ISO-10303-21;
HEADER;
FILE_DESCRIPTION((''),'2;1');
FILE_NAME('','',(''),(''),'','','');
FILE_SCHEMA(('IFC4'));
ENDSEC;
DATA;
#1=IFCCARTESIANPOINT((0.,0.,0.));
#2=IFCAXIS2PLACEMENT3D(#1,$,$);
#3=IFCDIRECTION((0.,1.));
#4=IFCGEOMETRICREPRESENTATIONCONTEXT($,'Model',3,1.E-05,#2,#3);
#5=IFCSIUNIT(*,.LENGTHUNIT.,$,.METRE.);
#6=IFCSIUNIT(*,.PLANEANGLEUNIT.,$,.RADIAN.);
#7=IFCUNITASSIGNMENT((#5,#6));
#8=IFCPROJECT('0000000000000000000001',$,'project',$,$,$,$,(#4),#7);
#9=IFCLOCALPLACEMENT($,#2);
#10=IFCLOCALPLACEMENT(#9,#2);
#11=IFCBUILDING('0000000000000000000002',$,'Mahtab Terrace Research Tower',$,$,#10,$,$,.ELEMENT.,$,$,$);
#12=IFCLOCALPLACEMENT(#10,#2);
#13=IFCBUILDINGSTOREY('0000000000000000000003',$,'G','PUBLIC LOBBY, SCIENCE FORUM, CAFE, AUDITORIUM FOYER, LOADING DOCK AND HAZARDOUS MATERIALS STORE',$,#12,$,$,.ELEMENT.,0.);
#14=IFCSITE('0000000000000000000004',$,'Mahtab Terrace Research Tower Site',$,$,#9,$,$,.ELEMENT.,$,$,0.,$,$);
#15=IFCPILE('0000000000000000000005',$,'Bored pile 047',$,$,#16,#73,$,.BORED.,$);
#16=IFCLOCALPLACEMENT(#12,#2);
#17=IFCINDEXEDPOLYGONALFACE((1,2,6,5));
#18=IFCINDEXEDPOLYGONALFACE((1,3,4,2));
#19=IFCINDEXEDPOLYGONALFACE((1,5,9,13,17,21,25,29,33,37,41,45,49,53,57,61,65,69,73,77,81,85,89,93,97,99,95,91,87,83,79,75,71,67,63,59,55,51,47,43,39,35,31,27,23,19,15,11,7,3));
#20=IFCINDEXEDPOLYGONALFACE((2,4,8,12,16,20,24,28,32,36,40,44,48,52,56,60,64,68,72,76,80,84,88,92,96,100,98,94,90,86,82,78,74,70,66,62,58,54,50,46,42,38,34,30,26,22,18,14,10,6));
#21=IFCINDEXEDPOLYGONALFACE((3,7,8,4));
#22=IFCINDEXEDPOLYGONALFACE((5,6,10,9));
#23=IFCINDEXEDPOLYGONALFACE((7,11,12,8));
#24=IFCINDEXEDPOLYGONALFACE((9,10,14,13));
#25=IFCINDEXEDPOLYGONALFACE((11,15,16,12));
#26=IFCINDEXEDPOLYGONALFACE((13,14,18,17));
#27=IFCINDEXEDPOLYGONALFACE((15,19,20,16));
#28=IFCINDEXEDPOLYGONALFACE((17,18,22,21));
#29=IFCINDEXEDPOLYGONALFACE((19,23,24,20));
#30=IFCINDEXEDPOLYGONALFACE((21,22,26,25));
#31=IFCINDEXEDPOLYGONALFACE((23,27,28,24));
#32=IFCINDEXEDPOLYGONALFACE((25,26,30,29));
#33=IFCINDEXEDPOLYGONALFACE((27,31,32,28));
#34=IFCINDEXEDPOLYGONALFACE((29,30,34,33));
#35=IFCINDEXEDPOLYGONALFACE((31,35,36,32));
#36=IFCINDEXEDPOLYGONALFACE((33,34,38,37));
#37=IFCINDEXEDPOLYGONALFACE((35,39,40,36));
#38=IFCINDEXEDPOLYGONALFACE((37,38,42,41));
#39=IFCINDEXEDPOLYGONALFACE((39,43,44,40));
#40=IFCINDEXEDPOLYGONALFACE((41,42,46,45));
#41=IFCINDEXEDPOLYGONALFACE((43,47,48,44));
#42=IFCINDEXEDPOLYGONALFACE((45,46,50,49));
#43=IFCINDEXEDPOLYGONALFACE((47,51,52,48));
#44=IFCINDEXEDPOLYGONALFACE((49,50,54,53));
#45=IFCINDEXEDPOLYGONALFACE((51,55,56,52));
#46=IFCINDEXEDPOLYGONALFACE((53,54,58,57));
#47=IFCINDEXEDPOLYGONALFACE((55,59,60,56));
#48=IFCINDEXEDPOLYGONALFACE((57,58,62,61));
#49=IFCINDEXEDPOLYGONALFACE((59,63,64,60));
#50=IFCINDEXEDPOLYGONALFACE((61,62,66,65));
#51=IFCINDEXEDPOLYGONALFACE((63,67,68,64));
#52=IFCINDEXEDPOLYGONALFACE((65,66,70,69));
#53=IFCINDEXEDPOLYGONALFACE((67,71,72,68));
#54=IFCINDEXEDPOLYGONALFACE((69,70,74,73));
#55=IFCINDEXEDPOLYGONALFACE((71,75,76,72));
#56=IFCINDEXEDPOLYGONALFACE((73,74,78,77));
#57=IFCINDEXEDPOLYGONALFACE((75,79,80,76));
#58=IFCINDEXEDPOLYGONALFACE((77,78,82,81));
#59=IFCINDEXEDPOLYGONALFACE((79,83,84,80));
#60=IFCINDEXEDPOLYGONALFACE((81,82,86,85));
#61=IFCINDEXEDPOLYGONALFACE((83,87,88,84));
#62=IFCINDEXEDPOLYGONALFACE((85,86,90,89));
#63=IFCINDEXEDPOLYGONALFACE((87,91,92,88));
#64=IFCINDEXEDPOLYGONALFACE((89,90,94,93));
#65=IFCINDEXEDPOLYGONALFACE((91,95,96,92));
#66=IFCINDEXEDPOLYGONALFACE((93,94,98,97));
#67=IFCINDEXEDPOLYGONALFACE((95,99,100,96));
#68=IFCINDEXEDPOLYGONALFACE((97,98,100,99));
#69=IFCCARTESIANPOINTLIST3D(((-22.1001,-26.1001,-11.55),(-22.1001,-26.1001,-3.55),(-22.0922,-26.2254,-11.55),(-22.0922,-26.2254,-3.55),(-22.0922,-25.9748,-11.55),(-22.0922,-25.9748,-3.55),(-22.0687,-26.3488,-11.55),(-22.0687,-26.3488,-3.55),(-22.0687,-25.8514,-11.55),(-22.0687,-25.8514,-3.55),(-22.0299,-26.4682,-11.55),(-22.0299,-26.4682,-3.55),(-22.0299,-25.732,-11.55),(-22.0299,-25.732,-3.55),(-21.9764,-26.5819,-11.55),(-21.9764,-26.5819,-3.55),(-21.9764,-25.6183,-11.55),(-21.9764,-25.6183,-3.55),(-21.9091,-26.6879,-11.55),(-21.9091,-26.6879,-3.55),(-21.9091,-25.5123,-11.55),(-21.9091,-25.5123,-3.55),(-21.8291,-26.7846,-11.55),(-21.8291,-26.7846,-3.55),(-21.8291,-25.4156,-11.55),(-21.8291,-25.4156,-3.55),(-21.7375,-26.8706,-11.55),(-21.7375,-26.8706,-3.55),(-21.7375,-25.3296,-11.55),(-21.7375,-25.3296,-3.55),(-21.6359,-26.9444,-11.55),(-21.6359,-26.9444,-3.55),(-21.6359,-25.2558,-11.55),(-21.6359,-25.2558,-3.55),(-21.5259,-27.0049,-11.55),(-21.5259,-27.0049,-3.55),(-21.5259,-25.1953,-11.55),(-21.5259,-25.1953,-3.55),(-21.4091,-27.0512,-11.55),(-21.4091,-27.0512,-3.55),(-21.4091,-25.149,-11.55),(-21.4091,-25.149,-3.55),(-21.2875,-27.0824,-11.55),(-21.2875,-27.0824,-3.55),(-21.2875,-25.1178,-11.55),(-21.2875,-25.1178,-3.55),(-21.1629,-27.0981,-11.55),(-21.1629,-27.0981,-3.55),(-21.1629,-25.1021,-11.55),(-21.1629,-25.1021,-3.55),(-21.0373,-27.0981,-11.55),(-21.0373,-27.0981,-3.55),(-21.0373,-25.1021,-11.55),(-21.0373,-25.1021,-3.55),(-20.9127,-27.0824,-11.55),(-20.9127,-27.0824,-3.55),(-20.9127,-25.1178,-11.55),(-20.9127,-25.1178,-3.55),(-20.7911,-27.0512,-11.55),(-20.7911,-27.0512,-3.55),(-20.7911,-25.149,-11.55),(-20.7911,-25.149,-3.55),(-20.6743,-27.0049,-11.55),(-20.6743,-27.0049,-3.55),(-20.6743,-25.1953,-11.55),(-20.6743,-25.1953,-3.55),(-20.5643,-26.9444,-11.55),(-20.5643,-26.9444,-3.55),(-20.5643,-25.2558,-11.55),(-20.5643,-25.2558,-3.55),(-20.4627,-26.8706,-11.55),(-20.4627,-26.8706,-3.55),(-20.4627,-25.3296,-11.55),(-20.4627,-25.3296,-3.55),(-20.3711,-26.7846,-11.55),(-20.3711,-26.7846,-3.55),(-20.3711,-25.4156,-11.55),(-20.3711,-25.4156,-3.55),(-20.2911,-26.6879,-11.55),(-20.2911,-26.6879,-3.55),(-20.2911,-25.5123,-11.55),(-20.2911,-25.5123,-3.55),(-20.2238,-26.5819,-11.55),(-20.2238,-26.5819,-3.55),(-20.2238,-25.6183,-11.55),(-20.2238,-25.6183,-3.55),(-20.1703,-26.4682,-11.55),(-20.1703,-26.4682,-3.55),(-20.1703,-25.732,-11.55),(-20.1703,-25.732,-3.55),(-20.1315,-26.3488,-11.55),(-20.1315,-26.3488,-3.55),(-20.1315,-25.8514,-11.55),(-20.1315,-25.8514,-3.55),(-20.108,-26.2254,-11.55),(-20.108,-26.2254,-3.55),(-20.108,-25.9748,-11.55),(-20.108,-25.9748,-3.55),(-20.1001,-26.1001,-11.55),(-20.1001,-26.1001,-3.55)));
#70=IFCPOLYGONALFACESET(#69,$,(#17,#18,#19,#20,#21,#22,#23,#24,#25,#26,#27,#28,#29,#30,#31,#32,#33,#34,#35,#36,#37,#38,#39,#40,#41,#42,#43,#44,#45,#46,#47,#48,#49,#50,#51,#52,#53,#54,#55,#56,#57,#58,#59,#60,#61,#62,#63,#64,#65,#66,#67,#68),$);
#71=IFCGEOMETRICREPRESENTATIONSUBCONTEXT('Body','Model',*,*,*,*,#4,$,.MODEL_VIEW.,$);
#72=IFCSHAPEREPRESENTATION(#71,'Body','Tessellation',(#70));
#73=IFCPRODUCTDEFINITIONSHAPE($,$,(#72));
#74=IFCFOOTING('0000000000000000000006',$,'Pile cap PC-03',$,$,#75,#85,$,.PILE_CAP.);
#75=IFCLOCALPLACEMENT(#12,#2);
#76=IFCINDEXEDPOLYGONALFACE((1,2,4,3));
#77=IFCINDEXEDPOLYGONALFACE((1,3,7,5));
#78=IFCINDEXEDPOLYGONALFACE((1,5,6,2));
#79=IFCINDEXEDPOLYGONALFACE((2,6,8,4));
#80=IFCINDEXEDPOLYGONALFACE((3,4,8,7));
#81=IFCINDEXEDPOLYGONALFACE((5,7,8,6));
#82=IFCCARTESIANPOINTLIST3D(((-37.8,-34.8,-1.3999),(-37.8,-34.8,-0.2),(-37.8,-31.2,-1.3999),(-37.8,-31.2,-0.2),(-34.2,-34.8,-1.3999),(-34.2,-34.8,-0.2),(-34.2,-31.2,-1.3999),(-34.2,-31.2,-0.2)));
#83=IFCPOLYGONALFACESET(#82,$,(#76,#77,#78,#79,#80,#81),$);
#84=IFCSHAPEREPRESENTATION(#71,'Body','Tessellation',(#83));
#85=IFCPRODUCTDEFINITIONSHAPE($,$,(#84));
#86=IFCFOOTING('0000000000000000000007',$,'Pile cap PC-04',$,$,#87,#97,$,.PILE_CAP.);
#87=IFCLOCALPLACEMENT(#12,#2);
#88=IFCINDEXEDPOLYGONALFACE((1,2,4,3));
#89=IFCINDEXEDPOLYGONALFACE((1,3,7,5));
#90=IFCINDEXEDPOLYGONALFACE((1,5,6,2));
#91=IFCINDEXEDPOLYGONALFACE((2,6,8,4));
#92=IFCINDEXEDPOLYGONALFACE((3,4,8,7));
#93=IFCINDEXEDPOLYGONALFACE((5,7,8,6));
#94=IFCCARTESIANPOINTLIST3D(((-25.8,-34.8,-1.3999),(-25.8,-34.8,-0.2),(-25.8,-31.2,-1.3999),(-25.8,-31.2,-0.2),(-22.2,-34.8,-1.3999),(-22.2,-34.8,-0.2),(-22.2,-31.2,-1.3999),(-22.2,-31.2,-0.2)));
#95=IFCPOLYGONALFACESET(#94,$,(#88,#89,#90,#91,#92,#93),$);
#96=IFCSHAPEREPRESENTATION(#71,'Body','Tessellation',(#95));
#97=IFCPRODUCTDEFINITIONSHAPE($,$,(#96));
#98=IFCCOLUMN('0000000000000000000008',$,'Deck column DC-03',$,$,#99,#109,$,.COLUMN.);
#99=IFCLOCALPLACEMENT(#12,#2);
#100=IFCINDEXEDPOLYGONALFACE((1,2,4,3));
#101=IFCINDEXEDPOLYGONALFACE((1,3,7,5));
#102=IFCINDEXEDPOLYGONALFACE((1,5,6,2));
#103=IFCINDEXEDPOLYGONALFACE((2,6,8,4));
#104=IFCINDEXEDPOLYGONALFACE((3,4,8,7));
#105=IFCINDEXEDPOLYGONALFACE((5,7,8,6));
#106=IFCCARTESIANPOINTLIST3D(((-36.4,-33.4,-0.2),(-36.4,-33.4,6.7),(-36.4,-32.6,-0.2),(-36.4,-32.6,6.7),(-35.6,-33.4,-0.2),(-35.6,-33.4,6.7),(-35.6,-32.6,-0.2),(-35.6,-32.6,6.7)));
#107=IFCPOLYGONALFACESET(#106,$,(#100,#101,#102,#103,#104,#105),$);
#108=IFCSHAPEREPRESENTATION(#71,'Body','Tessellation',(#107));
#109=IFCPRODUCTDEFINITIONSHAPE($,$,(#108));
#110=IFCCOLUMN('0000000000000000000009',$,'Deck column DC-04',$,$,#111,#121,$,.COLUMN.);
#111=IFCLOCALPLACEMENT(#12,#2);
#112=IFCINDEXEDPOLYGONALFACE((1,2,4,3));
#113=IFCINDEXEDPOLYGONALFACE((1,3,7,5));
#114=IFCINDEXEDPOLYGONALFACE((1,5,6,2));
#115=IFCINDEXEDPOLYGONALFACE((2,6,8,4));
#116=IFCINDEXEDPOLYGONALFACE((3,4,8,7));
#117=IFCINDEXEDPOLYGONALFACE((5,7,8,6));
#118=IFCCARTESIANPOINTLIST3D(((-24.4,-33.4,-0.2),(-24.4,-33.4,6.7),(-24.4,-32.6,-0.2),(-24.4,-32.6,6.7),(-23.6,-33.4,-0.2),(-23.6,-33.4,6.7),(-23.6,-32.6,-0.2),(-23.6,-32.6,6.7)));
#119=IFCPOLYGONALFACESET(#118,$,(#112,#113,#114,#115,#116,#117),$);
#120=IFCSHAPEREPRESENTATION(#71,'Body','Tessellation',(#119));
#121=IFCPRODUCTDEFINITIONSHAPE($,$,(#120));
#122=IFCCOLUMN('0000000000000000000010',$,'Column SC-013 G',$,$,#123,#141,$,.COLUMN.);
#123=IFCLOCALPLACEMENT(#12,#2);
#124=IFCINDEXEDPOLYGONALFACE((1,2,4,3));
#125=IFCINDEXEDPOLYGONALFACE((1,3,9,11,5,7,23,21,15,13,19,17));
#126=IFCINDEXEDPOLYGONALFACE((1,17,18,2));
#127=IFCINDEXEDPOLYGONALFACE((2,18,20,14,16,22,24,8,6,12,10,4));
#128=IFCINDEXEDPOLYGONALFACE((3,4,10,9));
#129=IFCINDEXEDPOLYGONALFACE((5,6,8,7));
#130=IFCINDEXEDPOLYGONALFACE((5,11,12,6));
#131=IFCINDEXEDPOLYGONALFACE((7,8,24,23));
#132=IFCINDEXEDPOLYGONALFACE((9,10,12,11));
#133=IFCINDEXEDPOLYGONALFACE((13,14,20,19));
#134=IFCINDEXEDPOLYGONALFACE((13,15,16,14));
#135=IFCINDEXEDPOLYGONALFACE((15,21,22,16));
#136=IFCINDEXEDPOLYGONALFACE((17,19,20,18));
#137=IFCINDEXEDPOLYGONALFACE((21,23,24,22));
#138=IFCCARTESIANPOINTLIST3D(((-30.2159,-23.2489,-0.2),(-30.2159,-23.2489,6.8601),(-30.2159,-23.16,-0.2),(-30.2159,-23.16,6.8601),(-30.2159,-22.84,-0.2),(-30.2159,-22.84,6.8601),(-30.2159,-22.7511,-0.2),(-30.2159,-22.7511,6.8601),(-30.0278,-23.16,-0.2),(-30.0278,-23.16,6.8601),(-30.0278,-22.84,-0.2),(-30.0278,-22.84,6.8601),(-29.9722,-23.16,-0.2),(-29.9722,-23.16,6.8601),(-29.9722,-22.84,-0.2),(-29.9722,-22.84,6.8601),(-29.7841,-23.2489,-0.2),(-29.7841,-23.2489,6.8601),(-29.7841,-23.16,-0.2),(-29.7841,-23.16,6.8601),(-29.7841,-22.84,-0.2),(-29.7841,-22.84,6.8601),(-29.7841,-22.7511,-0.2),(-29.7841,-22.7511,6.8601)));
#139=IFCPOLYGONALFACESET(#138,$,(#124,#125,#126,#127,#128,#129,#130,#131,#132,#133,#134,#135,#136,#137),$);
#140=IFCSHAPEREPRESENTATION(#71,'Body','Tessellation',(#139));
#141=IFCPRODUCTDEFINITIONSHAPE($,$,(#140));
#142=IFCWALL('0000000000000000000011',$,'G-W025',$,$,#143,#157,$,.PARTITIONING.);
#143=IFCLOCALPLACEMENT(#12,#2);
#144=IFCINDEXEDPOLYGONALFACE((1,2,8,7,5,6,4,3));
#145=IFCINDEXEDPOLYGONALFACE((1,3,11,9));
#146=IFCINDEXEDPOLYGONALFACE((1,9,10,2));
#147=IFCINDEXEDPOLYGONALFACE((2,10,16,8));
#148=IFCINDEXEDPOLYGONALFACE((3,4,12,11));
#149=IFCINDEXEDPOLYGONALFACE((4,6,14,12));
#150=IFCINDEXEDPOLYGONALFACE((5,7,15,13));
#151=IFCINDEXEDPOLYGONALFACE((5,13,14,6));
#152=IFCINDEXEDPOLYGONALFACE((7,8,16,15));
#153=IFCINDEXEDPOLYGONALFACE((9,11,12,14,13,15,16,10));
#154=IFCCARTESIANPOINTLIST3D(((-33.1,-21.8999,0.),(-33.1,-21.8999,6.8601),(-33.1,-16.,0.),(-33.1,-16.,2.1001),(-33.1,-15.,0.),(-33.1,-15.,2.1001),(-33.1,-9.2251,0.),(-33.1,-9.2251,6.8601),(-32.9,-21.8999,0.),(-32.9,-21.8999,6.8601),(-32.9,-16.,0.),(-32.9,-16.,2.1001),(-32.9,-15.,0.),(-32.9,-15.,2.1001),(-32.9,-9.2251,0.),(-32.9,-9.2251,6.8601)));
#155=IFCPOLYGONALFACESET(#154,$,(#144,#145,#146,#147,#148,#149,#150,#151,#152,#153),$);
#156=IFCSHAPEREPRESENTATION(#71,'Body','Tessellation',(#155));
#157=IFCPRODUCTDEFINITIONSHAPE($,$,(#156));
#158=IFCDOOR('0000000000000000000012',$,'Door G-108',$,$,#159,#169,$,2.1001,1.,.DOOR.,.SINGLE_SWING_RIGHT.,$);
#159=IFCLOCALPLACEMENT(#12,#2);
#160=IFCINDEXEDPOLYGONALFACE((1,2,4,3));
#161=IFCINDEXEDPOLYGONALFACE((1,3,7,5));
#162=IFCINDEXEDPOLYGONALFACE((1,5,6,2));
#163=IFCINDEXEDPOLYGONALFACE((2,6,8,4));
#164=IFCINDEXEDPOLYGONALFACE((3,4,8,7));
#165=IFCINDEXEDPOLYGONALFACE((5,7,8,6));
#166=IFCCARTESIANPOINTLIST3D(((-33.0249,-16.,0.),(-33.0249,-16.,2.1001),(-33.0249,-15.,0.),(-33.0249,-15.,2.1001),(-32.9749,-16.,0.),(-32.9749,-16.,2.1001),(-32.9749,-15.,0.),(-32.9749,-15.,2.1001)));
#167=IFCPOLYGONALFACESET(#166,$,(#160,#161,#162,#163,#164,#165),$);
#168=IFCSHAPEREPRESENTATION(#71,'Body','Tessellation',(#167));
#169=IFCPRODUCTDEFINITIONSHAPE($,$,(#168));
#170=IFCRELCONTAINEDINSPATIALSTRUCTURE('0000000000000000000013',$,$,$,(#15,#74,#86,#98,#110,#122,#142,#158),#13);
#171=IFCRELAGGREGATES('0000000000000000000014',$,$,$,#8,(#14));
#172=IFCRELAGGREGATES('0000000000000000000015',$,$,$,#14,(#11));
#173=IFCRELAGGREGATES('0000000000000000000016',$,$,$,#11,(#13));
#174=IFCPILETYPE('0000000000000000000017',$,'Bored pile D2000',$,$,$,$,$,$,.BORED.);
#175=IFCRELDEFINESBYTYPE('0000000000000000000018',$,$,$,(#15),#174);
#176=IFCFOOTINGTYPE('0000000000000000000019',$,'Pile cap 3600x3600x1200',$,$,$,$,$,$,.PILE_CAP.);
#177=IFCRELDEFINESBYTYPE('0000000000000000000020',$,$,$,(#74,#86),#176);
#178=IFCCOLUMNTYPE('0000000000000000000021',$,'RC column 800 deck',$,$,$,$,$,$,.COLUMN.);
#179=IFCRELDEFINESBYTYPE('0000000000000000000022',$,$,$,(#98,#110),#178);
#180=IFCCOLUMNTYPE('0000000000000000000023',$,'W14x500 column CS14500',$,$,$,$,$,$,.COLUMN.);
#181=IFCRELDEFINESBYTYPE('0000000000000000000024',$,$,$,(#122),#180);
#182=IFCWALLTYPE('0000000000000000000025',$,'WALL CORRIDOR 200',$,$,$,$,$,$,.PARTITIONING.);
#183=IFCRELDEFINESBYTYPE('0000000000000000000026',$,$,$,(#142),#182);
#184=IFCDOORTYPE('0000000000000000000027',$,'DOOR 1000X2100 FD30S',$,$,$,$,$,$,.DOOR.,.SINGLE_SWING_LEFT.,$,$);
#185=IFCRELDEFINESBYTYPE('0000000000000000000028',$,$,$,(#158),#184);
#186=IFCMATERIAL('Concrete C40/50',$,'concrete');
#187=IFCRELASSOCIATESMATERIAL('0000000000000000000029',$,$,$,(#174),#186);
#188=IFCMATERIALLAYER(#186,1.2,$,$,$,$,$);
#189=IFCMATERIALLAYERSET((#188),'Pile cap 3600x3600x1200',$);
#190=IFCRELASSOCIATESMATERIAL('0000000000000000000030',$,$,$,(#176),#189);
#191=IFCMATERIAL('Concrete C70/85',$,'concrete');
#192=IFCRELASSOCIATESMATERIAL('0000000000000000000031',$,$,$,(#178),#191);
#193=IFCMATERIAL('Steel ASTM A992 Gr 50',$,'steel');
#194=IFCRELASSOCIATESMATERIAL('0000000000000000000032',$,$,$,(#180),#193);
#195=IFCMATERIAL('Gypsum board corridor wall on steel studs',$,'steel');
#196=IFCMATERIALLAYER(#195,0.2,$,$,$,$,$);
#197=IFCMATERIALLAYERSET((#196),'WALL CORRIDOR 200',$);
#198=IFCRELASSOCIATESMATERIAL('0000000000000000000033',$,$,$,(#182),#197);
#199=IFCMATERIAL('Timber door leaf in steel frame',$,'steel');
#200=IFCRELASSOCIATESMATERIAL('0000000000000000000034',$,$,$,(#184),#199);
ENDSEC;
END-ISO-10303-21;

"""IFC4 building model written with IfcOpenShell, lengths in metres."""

from ifc_helpers import new_model, si_unit, direction, frame, frame_2d, origin, origin_2d, place, context, subcontext, project, spatial, rectangle, circle, i_section, extrude, material, layer, layer_set, material_profile, profile_set, type_object, element, fill, save


model = new_model("IFC4")

# Units and contexts
model_context = context("Model", 3, precision=1e-05, world=origin(), true_north=direction((0.0, 1.0)))
body_context = subcontext(model_context, "Body", "Model", "MODEL_VIEW")
ifc_project = project(units=[si_unit("LENGTHUNIT", "METRE"), si_unit("PLANEANGLEUNIT", "RADIAN")], contexts=[model_context])

# Site, building, storey
site_placement = place(None, origin())
site = spatial("IfcSite", under=ifc_project, at=site_placement, Name="Mahtab Terrace Research Tower Site", CompositionType="ELEMENT", RefElevation=0.0)
building_placement = place(site_placement, origin())
building = spatial("IfcBuilding", under=site, at=building_placement, Name="Mahtab Terrace Research Tower", CompositionType="ELEMENT")
storey_placement = place(building_placement, origin())
storey = spatial("IfcBuildingStorey", under=building, at=storey_placement, Name="G", Description="PUBLIC LOBBY, SCIENCE FORUM, CAFE, AUDITORIUM FOYER, LOADING DOCK AND HAZARDOUS MATERIALS STORE", CompositionType="ELEMENT", Elevation=0.0)

# Pile
ifc_material_1 = material(Name="Concrete C40/50", Category="concrete")
ifc_material_profile_1 = material_profile(ifc_material_1, circle(Radius=1.0, at=origin_2d()), Name="Bored pile D2000")
ifc_profile_set_1 = profile_set([ifc_material_profile_1], Name="Concrete C40/50")
pile_type_1 = type_object("IfcPileType", Name="Bored pile D2000", PredefinedType="BORED", material=ifc_profile_set_1)
for number, where, z_axis, x_axis, name in (
    (1, (-21.1001, -26.1001, -3.55), (0.0, 0.0, -1.0), (1.0, 0.0, 0.0), "Bored pile 047"),
):
    element("IfcPile", number, at=place(storey_placement, frame(where, z_axis=z_axis, x_axis=x_axis)), inside=storey, type_object=pile_type_1, Name=name, PredefinedType="BORED", context=body_context, shape_type="SweptSolid", body=[
        extrude(circle(Radius=1.0, at=origin_2d()), origin(), (0.0, 0.0, 1.0), 8.0),
    ])

# Footings
ifc_layer_1 = layer(ifc_material_1, 1.2)
ifc_layer_set_1 = layer_set([ifc_layer_1], Name="Pile cap 3600x3600x1200")
footing_type = type_object("IfcFootingType", Name="Pile cap 3600x3600x1200", PredefinedType="PILE_CAP", material=ifc_layer_set_1)
for number, where, z_axis, x_axis, name in (
    (2, (-36.0, -33.0, -1.3999), (0.0, 0.0, 1.0), (1.0, 0.0, 0.0), "Pile cap PC-03"),
    (3, (-24.0, -33.0, -1.3999), (0.0, 0.0, 1.0), (1.0, 0.0, 0.0), "Pile cap PC-04"),
):
    element("IfcFooting", number, at=place(storey_placement, frame(where, z_axis=z_axis, x_axis=x_axis)), inside=storey, type_object=footing_type, Name=name, PredefinedType="PILE_CAP", context=body_context, shape_type="SweptSolid", body=[
        extrude(rectangle(XDim=3.6001, YDim=3.6001, at=origin_2d()), origin(), (0.0, 0.0, 1.0), 1.2),
    ])

# Columns
ifc_material_2 = material(Name="Concrete C70/85", Category="concrete")
ifc_material_profile_2 = material_profile(ifc_material_2, rectangle(XDim=0.8, YDim=0.8, at=origin_2d()), Name="RC column 800 deck")
ifc_profile_set_2 = profile_set([ifc_material_profile_2], Name="Concrete C70/85")
column_type_1 = type_object("IfcColumnType", Name="RC column 800 deck", PredefinedType="COLUMN", material=ifc_profile_set_2)
for number, where, z_axis, x_axis, name in (
    (4, (-36.0, -33.0, -0.2), (0.0, 0.0, 1.0), (1.0, 0.0, 0.0), "Deck column DC-03"),
    (5, (-24.0, -33.0, -0.2), (0.0, 0.0, 1.0), (1.0, 0.0, 0.0), "Deck column DC-04"),
):
    element("IfcColumn", number, at=place(storey_placement, frame(where, z_axis=z_axis, x_axis=x_axis)), inside=storey, type_object=column_type_1, Name=name, PredefinedType="COLUMN", context=body_context, shape_type="SweptSolid", body=[
        extrude(rectangle(XDim=0.8, YDim=0.8, at=origin_2d()), origin(), (0.0, 0.0, 1.0), 6.8999),
    ])
ifc_material_3 = material(Name="Steel ASTM A992 Gr 50", Category="steel")
ifc_material_profile_3 = material_profile(ifc_material_3, i_section(OverallWidth=0.4319, OverallDepth=0.4978, WebThickness=0.0557, FlangeThickness=0.0889, at=origin_2d()), Name="W14X500")
ifc_profile_set_3 = profile_set([ifc_material_profile_3], Name="Steel ASTM A992 Gr 50")
column_type_2 = type_object("IfcColumnType", Name="W14x500 column CS14500", PredefinedType="COLUMN", material=ifc_profile_set_3)
column_placement = place(storey_placement, frame((-30.0, -23.0, -0.2), z_axis=(0.0, 0.0, 1.0), x_axis=(1.0, 0.0, 0.0)))
element("IfcColumn", 6, at=column_placement, inside=storey, type_object=column_type_2, Name="Column SC-013 G", PredefinedType="COLUMN", context=body_context, shape_type="SweptSolid", body=[
    extrude(i_section(OverallWidth=0.4319, OverallDepth=0.4978, WebThickness=0.0557, FlangeThickness=0.0889, at=origin_2d()), origin(), (0.0, 0.0, 1.0), 7.0601),
])

# Wall, opening, door
ifc_material_4 = material(Name="Gypsum board corridor wall on steel studs", Category="steel")
ifc_layer_2 = layer(ifc_material_4, 0.2)
ifc_layer_set_2 = layer_set([ifc_layer_2], Name="WALL CORRIDOR 200")
wall_type = type_object("IfcWallType", Name="WALL CORRIDOR 200", PredefinedType="PARTITIONING", material=ifc_layer_set_2)
wall_placement = place(storey_placement, frame((-33.0, -21.8999, 0.0), z_axis=(0.0, 0.0, 1.0), x_axis=(0.0, 1.0, 0.0)))
wall = element("IfcWall", 7, at=wall_placement, inside=storey, type_object=wall_type, Name="G-W025", PredefinedType="PARTITIONING", context=body_context, shape_type="SweptSolid", body=[
    extrude(rectangle(XDim=12.6748, YDim=0.2, at=frame_2d((6.3374, 0.0))), origin(), (0.0, 0.0, 1.0), 6.8601),
])
opening_placement = place(wall_placement, frame((5.8999, 0.0, 0.0)))
opening = element("IfcOpeningElement", 8, at=opening_placement, cuts=wall, PredefinedType="OPENING", context=body_context, shape_type="SweptSolid", body=[
    extrude(rectangle(XDim=1.0, YDim=2.1001, at=frame_2d((0.5, 1.05))), frame((0.0, 0.1099, 0.0), z_axis=(0.0, -1.0, 0.0), x_axis=(1.0, 0.0, 0.0)), (0.0, 0.0, 1.0), 0.22),
])
ifc_material_5 = material(Name="Timber door leaf in steel frame", Category="steel")
door_type = type_object("IfcDoorType", Name="DOOR 1000X2100 FD30S", OperationType="SINGLE_SWING_LEFT", PredefinedType="DOOR", material=ifc_material_5)
door_placement = place(opening_placement, origin())
door = element("IfcDoor", 9, at=door_placement, inside=storey, type_object=door_type, Name="Door G-108", OperationType="SINGLE_SWING_RIGHT", OverallHeight=2.1001, OverallWidth=1.0, PredefinedType="DOOR", context=body_context, shape_type="SweptSolid", body=[
    extrude(rectangle(XDim=1.0, YDim=2.1001, at=frame_2d((0.5, 1.05))), frame((0.0, 0.0249, 0.0), z_axis=(0.0, -1.0, 0.0), x_axis=(1.0, 0.0, 0.0)), (0.0, 0.0, 1.0), 0.05),
])
fill(opening, door)

save(model, "model.ifc")
